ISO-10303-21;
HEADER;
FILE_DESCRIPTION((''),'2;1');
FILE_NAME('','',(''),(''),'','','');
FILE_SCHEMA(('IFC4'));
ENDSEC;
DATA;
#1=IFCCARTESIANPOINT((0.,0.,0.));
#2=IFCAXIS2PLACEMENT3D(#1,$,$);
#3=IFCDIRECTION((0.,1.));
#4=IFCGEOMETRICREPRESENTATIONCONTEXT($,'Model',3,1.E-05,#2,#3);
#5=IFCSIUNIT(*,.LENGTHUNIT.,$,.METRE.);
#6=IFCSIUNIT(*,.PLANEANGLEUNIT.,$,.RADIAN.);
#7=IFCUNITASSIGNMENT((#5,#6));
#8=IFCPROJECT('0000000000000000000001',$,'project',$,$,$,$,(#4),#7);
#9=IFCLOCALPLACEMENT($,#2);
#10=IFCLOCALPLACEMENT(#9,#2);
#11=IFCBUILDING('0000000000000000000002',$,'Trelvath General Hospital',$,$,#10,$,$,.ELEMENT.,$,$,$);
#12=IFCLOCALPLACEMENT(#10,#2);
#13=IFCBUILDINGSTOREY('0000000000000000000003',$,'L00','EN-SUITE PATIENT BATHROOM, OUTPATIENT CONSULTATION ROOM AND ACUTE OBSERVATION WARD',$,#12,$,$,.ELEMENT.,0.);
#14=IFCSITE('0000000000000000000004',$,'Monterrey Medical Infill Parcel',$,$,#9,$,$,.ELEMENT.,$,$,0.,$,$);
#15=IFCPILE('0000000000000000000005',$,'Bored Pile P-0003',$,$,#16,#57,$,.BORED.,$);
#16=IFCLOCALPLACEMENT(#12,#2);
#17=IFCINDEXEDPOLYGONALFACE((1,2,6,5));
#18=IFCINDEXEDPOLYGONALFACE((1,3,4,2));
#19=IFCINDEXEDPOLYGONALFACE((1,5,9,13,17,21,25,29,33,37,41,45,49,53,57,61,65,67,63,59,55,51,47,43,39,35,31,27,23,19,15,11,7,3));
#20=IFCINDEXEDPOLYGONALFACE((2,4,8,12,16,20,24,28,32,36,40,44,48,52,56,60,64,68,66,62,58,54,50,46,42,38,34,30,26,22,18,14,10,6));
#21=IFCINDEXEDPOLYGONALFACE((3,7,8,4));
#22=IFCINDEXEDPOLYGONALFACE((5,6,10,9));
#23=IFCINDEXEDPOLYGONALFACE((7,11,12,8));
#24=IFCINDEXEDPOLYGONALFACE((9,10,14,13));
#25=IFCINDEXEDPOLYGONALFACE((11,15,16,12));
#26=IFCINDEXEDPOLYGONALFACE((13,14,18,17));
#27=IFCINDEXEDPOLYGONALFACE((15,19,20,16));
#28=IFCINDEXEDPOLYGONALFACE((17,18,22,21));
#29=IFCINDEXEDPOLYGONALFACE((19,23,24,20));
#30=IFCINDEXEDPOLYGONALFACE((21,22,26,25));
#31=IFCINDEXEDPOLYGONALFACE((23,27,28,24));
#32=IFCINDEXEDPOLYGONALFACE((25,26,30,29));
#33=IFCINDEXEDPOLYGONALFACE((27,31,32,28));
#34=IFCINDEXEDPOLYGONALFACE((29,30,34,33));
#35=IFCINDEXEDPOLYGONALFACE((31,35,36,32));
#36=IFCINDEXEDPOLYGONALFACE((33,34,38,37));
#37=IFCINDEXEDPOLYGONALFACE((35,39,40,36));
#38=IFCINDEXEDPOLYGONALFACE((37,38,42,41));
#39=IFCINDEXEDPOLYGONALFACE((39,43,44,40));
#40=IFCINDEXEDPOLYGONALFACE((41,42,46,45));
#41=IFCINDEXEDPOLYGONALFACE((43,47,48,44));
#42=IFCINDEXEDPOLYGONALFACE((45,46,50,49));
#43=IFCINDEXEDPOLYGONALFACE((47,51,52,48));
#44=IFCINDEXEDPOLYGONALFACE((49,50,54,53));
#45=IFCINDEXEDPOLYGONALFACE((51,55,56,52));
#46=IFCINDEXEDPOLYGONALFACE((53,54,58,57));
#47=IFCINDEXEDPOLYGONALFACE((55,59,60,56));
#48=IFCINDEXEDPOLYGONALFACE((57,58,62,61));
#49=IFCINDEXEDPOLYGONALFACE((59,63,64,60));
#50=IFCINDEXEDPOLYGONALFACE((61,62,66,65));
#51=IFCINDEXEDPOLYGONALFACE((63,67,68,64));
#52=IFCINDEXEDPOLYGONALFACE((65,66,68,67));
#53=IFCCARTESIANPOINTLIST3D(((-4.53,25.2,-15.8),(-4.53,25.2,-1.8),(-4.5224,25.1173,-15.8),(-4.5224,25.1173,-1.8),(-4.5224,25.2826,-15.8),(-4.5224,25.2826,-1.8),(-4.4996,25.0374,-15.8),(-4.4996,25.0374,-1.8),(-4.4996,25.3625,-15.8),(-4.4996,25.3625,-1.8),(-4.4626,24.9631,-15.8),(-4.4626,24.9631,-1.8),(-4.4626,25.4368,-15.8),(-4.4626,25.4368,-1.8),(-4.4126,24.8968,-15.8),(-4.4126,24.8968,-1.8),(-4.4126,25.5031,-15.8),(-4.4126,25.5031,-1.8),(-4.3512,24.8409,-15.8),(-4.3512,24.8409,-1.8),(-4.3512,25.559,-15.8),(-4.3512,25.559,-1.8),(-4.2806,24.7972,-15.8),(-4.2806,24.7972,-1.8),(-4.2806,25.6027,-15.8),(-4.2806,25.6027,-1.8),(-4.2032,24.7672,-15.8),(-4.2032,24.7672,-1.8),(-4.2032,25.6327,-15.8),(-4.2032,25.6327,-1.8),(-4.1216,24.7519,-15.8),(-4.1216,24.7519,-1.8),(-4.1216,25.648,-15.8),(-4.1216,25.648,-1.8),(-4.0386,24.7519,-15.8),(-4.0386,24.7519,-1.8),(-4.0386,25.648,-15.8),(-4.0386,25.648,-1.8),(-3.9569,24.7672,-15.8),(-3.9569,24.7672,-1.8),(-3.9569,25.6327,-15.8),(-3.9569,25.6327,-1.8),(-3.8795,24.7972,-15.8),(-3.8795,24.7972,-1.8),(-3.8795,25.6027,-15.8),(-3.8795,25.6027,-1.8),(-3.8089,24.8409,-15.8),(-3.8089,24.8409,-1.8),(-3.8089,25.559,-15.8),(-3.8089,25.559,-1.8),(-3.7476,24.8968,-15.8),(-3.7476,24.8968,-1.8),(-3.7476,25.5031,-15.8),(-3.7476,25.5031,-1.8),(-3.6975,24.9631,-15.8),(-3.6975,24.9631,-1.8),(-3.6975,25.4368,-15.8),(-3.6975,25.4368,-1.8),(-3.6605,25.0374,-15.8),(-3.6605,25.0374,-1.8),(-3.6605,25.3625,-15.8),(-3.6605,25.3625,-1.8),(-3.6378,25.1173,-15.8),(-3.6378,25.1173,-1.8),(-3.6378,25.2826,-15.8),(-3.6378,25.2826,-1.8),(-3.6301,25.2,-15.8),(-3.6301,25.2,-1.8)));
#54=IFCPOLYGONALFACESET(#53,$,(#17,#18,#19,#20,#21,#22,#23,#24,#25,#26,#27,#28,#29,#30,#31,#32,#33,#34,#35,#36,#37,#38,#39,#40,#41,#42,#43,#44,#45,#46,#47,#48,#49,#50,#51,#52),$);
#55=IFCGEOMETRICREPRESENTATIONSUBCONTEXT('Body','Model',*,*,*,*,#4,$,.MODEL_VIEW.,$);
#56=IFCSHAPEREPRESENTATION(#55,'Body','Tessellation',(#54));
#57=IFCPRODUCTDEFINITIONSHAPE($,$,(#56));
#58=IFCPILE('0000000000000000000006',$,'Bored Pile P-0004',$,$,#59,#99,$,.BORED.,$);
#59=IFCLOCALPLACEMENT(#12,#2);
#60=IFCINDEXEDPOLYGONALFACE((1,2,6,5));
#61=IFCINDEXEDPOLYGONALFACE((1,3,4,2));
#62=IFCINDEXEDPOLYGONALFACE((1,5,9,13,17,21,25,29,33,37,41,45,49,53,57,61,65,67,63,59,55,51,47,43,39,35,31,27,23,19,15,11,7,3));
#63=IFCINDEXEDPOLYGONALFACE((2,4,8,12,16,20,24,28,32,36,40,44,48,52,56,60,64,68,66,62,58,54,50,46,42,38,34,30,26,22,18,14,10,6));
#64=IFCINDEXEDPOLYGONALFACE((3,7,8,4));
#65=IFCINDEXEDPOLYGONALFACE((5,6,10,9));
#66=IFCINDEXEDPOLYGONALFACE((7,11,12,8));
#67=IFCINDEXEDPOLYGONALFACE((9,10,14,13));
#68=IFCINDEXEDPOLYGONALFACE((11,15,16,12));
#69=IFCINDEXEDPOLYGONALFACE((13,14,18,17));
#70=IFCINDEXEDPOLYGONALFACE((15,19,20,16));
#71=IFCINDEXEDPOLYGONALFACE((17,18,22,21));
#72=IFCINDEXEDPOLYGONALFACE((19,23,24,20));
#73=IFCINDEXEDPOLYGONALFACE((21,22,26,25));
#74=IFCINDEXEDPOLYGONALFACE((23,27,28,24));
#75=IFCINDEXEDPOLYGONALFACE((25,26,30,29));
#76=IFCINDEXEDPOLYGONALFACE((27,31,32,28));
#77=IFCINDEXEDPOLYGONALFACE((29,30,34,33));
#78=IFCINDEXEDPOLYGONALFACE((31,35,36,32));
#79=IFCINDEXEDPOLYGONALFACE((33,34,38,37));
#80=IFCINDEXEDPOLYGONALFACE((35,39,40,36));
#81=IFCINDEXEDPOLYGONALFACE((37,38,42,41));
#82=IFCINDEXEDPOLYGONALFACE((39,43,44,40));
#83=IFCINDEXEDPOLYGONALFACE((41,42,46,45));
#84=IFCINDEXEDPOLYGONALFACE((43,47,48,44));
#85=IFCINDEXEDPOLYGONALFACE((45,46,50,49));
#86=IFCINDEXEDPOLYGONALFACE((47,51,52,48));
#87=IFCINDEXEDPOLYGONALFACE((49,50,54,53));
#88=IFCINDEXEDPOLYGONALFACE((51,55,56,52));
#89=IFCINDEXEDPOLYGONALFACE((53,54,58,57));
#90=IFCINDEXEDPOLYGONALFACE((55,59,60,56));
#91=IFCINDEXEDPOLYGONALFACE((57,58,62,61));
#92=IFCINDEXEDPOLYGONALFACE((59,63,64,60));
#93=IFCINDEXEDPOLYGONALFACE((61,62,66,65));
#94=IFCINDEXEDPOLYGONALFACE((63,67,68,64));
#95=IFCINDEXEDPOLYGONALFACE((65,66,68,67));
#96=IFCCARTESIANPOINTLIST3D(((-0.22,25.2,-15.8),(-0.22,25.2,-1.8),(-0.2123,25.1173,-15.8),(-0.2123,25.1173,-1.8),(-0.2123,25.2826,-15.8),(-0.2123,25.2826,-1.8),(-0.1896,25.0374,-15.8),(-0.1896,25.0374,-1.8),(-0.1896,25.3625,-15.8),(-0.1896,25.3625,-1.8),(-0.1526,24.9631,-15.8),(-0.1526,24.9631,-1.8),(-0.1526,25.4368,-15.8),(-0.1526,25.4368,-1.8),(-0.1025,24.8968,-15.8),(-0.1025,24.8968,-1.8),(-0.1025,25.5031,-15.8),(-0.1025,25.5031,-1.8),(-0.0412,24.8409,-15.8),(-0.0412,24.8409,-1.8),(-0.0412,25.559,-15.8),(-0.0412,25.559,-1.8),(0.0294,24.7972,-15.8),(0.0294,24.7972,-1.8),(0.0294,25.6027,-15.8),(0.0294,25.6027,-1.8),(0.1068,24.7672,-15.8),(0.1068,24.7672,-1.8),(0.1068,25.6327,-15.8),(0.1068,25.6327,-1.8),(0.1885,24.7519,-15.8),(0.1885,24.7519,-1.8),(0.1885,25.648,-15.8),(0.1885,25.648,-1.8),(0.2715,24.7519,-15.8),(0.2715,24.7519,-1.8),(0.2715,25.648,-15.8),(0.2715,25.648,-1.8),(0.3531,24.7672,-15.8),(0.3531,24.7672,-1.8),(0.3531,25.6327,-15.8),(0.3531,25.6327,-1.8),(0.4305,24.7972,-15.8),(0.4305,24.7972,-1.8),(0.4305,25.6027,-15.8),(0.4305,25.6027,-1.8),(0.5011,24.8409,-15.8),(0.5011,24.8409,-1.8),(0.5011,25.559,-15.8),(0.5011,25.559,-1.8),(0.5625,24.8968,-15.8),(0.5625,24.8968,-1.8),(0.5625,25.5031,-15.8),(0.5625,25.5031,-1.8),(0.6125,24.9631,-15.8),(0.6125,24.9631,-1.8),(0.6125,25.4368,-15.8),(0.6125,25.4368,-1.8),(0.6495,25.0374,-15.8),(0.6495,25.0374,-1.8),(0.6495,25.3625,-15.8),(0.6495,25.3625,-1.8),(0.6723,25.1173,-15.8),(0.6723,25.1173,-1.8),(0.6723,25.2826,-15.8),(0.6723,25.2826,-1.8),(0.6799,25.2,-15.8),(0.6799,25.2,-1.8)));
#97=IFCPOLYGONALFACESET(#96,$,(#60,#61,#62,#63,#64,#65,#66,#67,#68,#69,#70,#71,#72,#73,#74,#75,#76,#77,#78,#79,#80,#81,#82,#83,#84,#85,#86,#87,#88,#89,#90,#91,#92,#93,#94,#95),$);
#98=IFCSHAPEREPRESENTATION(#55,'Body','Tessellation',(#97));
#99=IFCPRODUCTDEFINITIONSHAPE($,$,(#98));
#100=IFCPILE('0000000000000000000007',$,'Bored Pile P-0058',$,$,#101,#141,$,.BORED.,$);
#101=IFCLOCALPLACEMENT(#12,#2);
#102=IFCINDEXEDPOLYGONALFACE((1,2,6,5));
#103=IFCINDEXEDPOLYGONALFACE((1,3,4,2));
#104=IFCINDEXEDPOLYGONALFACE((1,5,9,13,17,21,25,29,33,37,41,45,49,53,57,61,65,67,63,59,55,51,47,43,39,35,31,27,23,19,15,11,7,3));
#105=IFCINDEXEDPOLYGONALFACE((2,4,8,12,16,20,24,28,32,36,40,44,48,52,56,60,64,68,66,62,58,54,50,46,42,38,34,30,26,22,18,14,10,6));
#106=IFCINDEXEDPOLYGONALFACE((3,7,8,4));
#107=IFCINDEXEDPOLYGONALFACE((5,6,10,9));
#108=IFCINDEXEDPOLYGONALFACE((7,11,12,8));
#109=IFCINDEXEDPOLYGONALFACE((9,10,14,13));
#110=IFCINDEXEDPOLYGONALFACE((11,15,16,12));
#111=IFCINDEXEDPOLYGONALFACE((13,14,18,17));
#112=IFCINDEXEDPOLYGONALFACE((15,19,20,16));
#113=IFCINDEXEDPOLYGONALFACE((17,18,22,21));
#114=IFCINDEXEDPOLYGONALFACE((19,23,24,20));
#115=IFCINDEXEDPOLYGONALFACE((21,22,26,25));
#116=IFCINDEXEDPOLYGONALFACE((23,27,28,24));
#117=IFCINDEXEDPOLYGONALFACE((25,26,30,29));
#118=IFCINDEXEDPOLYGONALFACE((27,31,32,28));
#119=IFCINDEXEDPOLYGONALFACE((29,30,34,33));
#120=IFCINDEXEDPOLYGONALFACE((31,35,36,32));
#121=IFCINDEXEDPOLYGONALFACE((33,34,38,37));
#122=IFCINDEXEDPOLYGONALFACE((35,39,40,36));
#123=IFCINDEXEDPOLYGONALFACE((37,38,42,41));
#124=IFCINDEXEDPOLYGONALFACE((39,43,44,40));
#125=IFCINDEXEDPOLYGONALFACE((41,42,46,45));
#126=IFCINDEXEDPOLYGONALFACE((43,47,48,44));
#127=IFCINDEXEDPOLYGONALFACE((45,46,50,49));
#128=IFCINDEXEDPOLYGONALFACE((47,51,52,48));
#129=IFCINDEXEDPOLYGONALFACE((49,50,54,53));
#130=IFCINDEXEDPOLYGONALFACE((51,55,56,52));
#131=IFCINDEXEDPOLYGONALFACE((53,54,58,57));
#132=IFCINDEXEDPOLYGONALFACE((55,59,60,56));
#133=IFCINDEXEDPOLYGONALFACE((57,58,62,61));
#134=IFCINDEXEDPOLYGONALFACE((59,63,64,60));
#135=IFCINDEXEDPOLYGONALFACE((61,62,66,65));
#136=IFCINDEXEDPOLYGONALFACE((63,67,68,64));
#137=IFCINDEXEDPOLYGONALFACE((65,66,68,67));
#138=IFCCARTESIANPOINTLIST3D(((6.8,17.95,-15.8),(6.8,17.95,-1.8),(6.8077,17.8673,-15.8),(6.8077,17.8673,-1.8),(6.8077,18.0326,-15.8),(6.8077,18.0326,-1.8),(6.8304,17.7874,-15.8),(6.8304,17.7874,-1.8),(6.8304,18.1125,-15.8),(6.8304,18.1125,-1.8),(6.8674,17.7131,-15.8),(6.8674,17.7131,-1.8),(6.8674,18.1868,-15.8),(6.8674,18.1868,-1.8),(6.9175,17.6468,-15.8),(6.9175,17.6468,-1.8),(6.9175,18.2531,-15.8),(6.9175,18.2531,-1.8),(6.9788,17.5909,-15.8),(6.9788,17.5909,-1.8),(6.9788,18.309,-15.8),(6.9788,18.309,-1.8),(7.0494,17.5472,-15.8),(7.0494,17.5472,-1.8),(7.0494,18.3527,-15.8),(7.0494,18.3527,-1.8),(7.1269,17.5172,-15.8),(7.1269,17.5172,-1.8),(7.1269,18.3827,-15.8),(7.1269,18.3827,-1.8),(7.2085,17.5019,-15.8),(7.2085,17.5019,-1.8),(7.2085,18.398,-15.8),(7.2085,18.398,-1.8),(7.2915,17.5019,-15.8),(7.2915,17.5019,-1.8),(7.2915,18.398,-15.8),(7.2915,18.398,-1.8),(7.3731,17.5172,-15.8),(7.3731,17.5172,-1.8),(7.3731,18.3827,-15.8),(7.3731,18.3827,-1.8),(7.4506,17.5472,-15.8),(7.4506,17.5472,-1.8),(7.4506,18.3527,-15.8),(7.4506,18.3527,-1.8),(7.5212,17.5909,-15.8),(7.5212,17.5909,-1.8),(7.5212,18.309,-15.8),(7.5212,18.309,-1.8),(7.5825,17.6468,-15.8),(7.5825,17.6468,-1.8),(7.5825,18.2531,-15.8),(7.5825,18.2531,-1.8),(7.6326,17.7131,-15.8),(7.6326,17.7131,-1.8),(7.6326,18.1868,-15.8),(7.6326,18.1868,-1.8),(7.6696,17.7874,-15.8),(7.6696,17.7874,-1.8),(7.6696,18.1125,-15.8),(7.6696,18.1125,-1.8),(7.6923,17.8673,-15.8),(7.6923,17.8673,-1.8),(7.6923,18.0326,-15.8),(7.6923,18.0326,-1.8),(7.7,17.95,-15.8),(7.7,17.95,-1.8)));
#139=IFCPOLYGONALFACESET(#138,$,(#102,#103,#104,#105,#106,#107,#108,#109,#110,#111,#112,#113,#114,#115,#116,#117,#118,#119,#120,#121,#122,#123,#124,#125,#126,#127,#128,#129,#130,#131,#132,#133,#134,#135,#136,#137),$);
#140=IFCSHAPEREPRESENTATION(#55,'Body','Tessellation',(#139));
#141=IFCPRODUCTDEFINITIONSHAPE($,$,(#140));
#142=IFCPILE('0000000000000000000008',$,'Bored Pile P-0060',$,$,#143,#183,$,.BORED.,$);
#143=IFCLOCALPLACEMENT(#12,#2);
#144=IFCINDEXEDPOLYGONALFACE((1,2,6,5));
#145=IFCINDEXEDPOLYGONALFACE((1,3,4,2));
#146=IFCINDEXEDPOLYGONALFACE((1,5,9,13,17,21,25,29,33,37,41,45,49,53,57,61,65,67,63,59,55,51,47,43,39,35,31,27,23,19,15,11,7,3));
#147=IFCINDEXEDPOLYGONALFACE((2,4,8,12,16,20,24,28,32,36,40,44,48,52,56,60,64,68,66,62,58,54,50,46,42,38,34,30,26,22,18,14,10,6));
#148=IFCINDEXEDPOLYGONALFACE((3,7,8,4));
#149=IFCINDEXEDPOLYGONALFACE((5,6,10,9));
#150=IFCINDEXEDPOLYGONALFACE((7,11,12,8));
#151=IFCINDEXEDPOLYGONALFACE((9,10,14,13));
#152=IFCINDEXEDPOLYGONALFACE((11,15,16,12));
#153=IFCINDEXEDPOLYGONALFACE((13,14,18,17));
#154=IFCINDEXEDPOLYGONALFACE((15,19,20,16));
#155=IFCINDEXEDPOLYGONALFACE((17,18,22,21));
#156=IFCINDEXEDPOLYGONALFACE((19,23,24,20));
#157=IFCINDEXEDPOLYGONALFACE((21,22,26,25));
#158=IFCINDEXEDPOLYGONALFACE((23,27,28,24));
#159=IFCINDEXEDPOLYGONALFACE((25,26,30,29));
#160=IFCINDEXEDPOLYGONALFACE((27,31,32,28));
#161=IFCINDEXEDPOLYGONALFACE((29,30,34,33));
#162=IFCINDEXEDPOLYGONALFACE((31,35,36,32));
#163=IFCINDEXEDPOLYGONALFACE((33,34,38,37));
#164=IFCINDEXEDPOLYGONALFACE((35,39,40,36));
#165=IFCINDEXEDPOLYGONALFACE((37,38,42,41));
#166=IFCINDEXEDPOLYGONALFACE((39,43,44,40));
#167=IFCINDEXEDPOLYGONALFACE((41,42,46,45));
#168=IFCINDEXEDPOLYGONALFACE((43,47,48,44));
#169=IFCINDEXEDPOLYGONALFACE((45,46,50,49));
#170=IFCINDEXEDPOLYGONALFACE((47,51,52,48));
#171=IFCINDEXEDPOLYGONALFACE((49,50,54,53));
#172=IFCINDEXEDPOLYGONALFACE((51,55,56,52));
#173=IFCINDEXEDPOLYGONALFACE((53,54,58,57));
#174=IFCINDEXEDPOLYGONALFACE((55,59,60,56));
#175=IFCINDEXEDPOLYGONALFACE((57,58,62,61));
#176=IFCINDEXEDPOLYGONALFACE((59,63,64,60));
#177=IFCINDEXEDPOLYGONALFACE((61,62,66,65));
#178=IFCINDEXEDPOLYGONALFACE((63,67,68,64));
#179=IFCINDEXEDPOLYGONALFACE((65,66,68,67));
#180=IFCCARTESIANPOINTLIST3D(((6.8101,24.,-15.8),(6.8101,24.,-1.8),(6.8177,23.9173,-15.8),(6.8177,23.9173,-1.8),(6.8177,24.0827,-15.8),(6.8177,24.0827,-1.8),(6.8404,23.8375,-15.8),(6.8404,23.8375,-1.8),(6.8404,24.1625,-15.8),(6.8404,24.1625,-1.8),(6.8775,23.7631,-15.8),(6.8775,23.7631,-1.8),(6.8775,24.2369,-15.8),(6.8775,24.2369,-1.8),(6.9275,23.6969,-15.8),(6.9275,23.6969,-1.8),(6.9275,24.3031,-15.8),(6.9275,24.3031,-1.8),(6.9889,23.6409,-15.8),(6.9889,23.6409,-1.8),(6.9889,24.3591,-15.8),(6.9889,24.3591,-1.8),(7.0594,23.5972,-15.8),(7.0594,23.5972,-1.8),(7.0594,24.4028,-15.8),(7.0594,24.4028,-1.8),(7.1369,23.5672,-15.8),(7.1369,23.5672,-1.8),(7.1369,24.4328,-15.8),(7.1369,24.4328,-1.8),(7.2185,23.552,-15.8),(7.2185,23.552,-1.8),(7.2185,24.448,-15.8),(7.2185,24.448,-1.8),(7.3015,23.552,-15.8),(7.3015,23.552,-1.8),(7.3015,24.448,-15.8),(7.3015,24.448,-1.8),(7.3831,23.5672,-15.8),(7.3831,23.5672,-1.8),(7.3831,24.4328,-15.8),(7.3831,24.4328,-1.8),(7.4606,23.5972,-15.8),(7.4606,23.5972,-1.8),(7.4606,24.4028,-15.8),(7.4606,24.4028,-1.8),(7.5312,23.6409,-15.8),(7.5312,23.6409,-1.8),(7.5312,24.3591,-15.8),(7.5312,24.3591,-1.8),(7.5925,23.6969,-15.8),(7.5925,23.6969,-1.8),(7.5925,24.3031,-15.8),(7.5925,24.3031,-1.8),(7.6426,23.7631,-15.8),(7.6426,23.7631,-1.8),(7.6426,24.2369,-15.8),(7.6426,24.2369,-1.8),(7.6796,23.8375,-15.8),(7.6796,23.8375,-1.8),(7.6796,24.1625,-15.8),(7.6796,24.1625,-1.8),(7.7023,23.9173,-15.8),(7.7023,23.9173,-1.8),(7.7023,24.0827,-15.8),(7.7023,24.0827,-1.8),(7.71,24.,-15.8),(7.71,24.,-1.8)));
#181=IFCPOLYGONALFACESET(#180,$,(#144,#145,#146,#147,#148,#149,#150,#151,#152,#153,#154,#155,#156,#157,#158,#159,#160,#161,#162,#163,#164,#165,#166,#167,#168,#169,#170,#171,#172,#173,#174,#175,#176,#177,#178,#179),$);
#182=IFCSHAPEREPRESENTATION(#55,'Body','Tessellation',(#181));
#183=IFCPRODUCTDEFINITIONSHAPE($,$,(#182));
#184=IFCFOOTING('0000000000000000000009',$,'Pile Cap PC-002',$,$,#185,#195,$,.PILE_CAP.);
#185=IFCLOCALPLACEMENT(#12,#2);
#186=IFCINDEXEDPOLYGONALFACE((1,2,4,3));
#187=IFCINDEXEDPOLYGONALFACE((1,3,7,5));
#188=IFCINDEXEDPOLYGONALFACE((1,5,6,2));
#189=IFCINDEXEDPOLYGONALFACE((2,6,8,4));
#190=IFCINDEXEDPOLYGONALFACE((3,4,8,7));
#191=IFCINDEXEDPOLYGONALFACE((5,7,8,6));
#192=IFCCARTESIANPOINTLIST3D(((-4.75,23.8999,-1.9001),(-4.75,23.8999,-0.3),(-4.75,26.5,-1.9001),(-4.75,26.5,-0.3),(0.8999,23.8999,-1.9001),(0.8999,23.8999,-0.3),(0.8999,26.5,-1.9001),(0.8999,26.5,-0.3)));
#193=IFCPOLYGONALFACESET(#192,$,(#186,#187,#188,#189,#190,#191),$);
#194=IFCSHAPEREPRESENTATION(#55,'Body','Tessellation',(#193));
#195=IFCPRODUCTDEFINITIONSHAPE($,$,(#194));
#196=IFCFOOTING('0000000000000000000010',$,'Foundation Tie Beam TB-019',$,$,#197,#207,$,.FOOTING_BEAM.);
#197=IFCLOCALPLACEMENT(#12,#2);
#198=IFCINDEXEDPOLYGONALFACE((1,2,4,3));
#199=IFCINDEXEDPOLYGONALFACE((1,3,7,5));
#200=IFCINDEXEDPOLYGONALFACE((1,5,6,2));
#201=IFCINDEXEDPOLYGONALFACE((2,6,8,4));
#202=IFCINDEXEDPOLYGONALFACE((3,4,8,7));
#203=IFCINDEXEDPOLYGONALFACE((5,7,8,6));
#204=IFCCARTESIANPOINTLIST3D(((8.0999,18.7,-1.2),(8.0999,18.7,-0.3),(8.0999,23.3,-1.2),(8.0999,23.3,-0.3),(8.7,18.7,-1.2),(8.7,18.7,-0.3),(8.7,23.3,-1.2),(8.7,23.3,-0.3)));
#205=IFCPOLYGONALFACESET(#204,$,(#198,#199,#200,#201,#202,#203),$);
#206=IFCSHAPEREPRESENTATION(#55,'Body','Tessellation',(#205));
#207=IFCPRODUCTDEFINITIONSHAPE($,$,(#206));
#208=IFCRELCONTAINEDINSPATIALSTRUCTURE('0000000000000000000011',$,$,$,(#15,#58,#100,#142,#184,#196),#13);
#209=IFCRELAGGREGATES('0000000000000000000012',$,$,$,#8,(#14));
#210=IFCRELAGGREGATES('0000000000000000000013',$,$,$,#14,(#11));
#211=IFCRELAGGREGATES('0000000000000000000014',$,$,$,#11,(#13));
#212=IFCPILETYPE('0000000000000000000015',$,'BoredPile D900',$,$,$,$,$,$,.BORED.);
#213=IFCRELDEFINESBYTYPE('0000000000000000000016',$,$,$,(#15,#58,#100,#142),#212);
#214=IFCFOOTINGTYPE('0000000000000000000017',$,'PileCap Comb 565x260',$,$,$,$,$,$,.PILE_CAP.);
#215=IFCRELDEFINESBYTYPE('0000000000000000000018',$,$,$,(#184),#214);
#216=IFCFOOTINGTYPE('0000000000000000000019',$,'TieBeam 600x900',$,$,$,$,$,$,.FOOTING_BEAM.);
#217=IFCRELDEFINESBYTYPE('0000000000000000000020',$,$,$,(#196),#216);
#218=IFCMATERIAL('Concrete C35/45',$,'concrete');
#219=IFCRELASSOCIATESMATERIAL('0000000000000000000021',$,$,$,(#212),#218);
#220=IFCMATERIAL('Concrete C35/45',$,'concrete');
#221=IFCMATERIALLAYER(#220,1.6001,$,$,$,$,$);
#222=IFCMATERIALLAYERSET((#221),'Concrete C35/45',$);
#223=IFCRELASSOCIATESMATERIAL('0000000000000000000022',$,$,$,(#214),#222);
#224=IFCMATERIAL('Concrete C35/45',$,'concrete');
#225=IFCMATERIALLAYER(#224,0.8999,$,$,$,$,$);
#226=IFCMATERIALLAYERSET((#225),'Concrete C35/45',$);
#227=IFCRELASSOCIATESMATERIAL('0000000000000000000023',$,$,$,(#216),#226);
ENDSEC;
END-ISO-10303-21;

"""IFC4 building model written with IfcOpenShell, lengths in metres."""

from ifc_helpers import new_model, si_unit, direction, frame, origin, origin_2d, place, context, subcontext, project, spatial, rectangle, circle, extrude, material, layer, layer_set, material_profile, profile_set, type_object, element, save


model = new_model("IFC4")

# Units and contexts
model_context = context("Model", 3, precision=1e-05, world=origin(), true_north=direction((0.0, 1.0)))
body_context = subcontext(model_context, "Body", "Model", "MODEL_VIEW")
ifc_project = project(units=[si_unit("LENGTHUNIT", "METRE"), si_unit("PLANEANGLEUNIT", "RADIAN")], contexts=[model_context])

# Site, building, storey
site_placement = place(None, origin())
site = spatial("IfcSite", under=ifc_project, at=site_placement, Name="Monterrey Medical Infill Parcel", CompositionType="ELEMENT", RefElevation=0.0)
building_placement = place(site_placement, origin())
building = spatial("IfcBuilding", under=site, at=building_placement, Name="Trelvath General Hospital", CompositionType="ELEMENT")
storey_placement = place(building_placement, origin())
storey = spatial("IfcBuildingStorey", under=building, at=storey_placement, Name="L00", Description="EN-SUITE PATIENT BATHROOM, OUTPATIENT CONSULTATION ROOM AND ACUTE OBSERVATION WARD", CompositionType="ELEMENT", Elevation=0.0)

# Piles
ifc_material_1 = material(Name="Concrete C35/45", Category="concrete")
ifc_material_profile_1 = material_profile(ifc_material_1, circle(Radius=0.45, at=origin_2d()), Name="PILE900")
ifc_profile_set_1 = profile_set([ifc_material_profile_1], Name="Concrete C35/45")
pile_type = type_object("IfcPileType", Name="BoredPile D900", PredefinedType="BORED", material=ifc_profile_set_1)
for number, where, z_axis, x_axis, name in (
    (1, (-4.0801, 25.2, -1.8), (0.0, 0.0, -1.0), (1.0, 0.0, 0.0), "Bored Pile P-0003"),
    (2, (0.23, 25.2, -1.8), (0.0, 0.0, -1.0), (1.0, 0.0, 0.0), "Bored Pile P-0004"),
    (3, (7.25, 17.95, -1.8), (0.0, 0.0, -1.0), (1.0, 0.0, 0.0), "Bored Pile P-0058"),
    (4, (7.26, 24.0, -1.8), (0.0, 0.0, -1.0), (1.0, 0.0, 0.0), "Bored Pile P-0060"),
):
    element("IfcPile", number, at=place(storey_placement, frame(where, z_axis=z_axis, x_axis=x_axis)), inside=storey, type_object=pile_type, Name=name, PredefinedType="BORED", context=body_context, shape_type="SweptSolid", body=[
        extrude(circle(Radius=0.45, at=origin_2d()), origin(), (0.0, 0.0, 1.0), 14.0),
    ])

# Footings
ifc_material_2 = material(Name="Concrete C35/45", Category="concrete")
ifc_layer_1 = layer(ifc_material_2, 1.6001)
ifc_layer_set_1 = layer_set([ifc_layer_1], Name="Concrete C35/45")
footing_type_1 = type_object("IfcFootingType", Name="PileCap Comb 565x260", PredefinedType="PILE_CAP", material=ifc_layer_set_1)
footing_1_placement = place(storey_placement, frame((-1.925, 25.2, -1.9001), z_axis=(0.0, 0.0, 1.0), x_axis=(1.0, 0.0, 0.0)))
element("IfcFooting", 5, at=footing_1_placement, inside=storey, type_object=footing_type_1, Name="Pile Cap PC-002", PredefinedType="PILE_CAP", context=body_context, shape_type="SweptSolid", body=[
    extrude(rectangle(XDim=5.6499, YDim=2.6001, at=origin_2d()), origin(), (0.0, 0.0, 1.0), 1.6001),
])
ifc_material_3 = material(Name="Concrete C35/45", Category="concrete")
ifc_layer_2 = layer(ifc_material_3, 0.8999)
ifc_layer_set_2 = layer_set([ifc_layer_2], Name="Concrete C35/45")
footing_type_2 = type_object("IfcFootingType", Name="TieBeam 600x900", PredefinedType="FOOTING_BEAM", material=ifc_layer_set_2)
footing_2_placement = place(storey_placement, frame((8.3999, 21.0, -1.2), z_axis=(0.0, 0.0, 1.0), x_axis=(1.0, 0.0, 0.0)))
element("IfcFooting", 6, at=footing_2_placement, inside=storey, type_object=footing_type_2, Name="Foundation Tie Beam TB-019", PredefinedType="FOOTING_BEAM", context=body_context, shape_type="SweptSolid", body=[
    extrude(rectangle(XDim=0.6001, YDim=4.6001, at=origin_2d()), origin(), (0.0, 0.0, 1.0), 0.8999),
])

save(model, "model.ifc")
